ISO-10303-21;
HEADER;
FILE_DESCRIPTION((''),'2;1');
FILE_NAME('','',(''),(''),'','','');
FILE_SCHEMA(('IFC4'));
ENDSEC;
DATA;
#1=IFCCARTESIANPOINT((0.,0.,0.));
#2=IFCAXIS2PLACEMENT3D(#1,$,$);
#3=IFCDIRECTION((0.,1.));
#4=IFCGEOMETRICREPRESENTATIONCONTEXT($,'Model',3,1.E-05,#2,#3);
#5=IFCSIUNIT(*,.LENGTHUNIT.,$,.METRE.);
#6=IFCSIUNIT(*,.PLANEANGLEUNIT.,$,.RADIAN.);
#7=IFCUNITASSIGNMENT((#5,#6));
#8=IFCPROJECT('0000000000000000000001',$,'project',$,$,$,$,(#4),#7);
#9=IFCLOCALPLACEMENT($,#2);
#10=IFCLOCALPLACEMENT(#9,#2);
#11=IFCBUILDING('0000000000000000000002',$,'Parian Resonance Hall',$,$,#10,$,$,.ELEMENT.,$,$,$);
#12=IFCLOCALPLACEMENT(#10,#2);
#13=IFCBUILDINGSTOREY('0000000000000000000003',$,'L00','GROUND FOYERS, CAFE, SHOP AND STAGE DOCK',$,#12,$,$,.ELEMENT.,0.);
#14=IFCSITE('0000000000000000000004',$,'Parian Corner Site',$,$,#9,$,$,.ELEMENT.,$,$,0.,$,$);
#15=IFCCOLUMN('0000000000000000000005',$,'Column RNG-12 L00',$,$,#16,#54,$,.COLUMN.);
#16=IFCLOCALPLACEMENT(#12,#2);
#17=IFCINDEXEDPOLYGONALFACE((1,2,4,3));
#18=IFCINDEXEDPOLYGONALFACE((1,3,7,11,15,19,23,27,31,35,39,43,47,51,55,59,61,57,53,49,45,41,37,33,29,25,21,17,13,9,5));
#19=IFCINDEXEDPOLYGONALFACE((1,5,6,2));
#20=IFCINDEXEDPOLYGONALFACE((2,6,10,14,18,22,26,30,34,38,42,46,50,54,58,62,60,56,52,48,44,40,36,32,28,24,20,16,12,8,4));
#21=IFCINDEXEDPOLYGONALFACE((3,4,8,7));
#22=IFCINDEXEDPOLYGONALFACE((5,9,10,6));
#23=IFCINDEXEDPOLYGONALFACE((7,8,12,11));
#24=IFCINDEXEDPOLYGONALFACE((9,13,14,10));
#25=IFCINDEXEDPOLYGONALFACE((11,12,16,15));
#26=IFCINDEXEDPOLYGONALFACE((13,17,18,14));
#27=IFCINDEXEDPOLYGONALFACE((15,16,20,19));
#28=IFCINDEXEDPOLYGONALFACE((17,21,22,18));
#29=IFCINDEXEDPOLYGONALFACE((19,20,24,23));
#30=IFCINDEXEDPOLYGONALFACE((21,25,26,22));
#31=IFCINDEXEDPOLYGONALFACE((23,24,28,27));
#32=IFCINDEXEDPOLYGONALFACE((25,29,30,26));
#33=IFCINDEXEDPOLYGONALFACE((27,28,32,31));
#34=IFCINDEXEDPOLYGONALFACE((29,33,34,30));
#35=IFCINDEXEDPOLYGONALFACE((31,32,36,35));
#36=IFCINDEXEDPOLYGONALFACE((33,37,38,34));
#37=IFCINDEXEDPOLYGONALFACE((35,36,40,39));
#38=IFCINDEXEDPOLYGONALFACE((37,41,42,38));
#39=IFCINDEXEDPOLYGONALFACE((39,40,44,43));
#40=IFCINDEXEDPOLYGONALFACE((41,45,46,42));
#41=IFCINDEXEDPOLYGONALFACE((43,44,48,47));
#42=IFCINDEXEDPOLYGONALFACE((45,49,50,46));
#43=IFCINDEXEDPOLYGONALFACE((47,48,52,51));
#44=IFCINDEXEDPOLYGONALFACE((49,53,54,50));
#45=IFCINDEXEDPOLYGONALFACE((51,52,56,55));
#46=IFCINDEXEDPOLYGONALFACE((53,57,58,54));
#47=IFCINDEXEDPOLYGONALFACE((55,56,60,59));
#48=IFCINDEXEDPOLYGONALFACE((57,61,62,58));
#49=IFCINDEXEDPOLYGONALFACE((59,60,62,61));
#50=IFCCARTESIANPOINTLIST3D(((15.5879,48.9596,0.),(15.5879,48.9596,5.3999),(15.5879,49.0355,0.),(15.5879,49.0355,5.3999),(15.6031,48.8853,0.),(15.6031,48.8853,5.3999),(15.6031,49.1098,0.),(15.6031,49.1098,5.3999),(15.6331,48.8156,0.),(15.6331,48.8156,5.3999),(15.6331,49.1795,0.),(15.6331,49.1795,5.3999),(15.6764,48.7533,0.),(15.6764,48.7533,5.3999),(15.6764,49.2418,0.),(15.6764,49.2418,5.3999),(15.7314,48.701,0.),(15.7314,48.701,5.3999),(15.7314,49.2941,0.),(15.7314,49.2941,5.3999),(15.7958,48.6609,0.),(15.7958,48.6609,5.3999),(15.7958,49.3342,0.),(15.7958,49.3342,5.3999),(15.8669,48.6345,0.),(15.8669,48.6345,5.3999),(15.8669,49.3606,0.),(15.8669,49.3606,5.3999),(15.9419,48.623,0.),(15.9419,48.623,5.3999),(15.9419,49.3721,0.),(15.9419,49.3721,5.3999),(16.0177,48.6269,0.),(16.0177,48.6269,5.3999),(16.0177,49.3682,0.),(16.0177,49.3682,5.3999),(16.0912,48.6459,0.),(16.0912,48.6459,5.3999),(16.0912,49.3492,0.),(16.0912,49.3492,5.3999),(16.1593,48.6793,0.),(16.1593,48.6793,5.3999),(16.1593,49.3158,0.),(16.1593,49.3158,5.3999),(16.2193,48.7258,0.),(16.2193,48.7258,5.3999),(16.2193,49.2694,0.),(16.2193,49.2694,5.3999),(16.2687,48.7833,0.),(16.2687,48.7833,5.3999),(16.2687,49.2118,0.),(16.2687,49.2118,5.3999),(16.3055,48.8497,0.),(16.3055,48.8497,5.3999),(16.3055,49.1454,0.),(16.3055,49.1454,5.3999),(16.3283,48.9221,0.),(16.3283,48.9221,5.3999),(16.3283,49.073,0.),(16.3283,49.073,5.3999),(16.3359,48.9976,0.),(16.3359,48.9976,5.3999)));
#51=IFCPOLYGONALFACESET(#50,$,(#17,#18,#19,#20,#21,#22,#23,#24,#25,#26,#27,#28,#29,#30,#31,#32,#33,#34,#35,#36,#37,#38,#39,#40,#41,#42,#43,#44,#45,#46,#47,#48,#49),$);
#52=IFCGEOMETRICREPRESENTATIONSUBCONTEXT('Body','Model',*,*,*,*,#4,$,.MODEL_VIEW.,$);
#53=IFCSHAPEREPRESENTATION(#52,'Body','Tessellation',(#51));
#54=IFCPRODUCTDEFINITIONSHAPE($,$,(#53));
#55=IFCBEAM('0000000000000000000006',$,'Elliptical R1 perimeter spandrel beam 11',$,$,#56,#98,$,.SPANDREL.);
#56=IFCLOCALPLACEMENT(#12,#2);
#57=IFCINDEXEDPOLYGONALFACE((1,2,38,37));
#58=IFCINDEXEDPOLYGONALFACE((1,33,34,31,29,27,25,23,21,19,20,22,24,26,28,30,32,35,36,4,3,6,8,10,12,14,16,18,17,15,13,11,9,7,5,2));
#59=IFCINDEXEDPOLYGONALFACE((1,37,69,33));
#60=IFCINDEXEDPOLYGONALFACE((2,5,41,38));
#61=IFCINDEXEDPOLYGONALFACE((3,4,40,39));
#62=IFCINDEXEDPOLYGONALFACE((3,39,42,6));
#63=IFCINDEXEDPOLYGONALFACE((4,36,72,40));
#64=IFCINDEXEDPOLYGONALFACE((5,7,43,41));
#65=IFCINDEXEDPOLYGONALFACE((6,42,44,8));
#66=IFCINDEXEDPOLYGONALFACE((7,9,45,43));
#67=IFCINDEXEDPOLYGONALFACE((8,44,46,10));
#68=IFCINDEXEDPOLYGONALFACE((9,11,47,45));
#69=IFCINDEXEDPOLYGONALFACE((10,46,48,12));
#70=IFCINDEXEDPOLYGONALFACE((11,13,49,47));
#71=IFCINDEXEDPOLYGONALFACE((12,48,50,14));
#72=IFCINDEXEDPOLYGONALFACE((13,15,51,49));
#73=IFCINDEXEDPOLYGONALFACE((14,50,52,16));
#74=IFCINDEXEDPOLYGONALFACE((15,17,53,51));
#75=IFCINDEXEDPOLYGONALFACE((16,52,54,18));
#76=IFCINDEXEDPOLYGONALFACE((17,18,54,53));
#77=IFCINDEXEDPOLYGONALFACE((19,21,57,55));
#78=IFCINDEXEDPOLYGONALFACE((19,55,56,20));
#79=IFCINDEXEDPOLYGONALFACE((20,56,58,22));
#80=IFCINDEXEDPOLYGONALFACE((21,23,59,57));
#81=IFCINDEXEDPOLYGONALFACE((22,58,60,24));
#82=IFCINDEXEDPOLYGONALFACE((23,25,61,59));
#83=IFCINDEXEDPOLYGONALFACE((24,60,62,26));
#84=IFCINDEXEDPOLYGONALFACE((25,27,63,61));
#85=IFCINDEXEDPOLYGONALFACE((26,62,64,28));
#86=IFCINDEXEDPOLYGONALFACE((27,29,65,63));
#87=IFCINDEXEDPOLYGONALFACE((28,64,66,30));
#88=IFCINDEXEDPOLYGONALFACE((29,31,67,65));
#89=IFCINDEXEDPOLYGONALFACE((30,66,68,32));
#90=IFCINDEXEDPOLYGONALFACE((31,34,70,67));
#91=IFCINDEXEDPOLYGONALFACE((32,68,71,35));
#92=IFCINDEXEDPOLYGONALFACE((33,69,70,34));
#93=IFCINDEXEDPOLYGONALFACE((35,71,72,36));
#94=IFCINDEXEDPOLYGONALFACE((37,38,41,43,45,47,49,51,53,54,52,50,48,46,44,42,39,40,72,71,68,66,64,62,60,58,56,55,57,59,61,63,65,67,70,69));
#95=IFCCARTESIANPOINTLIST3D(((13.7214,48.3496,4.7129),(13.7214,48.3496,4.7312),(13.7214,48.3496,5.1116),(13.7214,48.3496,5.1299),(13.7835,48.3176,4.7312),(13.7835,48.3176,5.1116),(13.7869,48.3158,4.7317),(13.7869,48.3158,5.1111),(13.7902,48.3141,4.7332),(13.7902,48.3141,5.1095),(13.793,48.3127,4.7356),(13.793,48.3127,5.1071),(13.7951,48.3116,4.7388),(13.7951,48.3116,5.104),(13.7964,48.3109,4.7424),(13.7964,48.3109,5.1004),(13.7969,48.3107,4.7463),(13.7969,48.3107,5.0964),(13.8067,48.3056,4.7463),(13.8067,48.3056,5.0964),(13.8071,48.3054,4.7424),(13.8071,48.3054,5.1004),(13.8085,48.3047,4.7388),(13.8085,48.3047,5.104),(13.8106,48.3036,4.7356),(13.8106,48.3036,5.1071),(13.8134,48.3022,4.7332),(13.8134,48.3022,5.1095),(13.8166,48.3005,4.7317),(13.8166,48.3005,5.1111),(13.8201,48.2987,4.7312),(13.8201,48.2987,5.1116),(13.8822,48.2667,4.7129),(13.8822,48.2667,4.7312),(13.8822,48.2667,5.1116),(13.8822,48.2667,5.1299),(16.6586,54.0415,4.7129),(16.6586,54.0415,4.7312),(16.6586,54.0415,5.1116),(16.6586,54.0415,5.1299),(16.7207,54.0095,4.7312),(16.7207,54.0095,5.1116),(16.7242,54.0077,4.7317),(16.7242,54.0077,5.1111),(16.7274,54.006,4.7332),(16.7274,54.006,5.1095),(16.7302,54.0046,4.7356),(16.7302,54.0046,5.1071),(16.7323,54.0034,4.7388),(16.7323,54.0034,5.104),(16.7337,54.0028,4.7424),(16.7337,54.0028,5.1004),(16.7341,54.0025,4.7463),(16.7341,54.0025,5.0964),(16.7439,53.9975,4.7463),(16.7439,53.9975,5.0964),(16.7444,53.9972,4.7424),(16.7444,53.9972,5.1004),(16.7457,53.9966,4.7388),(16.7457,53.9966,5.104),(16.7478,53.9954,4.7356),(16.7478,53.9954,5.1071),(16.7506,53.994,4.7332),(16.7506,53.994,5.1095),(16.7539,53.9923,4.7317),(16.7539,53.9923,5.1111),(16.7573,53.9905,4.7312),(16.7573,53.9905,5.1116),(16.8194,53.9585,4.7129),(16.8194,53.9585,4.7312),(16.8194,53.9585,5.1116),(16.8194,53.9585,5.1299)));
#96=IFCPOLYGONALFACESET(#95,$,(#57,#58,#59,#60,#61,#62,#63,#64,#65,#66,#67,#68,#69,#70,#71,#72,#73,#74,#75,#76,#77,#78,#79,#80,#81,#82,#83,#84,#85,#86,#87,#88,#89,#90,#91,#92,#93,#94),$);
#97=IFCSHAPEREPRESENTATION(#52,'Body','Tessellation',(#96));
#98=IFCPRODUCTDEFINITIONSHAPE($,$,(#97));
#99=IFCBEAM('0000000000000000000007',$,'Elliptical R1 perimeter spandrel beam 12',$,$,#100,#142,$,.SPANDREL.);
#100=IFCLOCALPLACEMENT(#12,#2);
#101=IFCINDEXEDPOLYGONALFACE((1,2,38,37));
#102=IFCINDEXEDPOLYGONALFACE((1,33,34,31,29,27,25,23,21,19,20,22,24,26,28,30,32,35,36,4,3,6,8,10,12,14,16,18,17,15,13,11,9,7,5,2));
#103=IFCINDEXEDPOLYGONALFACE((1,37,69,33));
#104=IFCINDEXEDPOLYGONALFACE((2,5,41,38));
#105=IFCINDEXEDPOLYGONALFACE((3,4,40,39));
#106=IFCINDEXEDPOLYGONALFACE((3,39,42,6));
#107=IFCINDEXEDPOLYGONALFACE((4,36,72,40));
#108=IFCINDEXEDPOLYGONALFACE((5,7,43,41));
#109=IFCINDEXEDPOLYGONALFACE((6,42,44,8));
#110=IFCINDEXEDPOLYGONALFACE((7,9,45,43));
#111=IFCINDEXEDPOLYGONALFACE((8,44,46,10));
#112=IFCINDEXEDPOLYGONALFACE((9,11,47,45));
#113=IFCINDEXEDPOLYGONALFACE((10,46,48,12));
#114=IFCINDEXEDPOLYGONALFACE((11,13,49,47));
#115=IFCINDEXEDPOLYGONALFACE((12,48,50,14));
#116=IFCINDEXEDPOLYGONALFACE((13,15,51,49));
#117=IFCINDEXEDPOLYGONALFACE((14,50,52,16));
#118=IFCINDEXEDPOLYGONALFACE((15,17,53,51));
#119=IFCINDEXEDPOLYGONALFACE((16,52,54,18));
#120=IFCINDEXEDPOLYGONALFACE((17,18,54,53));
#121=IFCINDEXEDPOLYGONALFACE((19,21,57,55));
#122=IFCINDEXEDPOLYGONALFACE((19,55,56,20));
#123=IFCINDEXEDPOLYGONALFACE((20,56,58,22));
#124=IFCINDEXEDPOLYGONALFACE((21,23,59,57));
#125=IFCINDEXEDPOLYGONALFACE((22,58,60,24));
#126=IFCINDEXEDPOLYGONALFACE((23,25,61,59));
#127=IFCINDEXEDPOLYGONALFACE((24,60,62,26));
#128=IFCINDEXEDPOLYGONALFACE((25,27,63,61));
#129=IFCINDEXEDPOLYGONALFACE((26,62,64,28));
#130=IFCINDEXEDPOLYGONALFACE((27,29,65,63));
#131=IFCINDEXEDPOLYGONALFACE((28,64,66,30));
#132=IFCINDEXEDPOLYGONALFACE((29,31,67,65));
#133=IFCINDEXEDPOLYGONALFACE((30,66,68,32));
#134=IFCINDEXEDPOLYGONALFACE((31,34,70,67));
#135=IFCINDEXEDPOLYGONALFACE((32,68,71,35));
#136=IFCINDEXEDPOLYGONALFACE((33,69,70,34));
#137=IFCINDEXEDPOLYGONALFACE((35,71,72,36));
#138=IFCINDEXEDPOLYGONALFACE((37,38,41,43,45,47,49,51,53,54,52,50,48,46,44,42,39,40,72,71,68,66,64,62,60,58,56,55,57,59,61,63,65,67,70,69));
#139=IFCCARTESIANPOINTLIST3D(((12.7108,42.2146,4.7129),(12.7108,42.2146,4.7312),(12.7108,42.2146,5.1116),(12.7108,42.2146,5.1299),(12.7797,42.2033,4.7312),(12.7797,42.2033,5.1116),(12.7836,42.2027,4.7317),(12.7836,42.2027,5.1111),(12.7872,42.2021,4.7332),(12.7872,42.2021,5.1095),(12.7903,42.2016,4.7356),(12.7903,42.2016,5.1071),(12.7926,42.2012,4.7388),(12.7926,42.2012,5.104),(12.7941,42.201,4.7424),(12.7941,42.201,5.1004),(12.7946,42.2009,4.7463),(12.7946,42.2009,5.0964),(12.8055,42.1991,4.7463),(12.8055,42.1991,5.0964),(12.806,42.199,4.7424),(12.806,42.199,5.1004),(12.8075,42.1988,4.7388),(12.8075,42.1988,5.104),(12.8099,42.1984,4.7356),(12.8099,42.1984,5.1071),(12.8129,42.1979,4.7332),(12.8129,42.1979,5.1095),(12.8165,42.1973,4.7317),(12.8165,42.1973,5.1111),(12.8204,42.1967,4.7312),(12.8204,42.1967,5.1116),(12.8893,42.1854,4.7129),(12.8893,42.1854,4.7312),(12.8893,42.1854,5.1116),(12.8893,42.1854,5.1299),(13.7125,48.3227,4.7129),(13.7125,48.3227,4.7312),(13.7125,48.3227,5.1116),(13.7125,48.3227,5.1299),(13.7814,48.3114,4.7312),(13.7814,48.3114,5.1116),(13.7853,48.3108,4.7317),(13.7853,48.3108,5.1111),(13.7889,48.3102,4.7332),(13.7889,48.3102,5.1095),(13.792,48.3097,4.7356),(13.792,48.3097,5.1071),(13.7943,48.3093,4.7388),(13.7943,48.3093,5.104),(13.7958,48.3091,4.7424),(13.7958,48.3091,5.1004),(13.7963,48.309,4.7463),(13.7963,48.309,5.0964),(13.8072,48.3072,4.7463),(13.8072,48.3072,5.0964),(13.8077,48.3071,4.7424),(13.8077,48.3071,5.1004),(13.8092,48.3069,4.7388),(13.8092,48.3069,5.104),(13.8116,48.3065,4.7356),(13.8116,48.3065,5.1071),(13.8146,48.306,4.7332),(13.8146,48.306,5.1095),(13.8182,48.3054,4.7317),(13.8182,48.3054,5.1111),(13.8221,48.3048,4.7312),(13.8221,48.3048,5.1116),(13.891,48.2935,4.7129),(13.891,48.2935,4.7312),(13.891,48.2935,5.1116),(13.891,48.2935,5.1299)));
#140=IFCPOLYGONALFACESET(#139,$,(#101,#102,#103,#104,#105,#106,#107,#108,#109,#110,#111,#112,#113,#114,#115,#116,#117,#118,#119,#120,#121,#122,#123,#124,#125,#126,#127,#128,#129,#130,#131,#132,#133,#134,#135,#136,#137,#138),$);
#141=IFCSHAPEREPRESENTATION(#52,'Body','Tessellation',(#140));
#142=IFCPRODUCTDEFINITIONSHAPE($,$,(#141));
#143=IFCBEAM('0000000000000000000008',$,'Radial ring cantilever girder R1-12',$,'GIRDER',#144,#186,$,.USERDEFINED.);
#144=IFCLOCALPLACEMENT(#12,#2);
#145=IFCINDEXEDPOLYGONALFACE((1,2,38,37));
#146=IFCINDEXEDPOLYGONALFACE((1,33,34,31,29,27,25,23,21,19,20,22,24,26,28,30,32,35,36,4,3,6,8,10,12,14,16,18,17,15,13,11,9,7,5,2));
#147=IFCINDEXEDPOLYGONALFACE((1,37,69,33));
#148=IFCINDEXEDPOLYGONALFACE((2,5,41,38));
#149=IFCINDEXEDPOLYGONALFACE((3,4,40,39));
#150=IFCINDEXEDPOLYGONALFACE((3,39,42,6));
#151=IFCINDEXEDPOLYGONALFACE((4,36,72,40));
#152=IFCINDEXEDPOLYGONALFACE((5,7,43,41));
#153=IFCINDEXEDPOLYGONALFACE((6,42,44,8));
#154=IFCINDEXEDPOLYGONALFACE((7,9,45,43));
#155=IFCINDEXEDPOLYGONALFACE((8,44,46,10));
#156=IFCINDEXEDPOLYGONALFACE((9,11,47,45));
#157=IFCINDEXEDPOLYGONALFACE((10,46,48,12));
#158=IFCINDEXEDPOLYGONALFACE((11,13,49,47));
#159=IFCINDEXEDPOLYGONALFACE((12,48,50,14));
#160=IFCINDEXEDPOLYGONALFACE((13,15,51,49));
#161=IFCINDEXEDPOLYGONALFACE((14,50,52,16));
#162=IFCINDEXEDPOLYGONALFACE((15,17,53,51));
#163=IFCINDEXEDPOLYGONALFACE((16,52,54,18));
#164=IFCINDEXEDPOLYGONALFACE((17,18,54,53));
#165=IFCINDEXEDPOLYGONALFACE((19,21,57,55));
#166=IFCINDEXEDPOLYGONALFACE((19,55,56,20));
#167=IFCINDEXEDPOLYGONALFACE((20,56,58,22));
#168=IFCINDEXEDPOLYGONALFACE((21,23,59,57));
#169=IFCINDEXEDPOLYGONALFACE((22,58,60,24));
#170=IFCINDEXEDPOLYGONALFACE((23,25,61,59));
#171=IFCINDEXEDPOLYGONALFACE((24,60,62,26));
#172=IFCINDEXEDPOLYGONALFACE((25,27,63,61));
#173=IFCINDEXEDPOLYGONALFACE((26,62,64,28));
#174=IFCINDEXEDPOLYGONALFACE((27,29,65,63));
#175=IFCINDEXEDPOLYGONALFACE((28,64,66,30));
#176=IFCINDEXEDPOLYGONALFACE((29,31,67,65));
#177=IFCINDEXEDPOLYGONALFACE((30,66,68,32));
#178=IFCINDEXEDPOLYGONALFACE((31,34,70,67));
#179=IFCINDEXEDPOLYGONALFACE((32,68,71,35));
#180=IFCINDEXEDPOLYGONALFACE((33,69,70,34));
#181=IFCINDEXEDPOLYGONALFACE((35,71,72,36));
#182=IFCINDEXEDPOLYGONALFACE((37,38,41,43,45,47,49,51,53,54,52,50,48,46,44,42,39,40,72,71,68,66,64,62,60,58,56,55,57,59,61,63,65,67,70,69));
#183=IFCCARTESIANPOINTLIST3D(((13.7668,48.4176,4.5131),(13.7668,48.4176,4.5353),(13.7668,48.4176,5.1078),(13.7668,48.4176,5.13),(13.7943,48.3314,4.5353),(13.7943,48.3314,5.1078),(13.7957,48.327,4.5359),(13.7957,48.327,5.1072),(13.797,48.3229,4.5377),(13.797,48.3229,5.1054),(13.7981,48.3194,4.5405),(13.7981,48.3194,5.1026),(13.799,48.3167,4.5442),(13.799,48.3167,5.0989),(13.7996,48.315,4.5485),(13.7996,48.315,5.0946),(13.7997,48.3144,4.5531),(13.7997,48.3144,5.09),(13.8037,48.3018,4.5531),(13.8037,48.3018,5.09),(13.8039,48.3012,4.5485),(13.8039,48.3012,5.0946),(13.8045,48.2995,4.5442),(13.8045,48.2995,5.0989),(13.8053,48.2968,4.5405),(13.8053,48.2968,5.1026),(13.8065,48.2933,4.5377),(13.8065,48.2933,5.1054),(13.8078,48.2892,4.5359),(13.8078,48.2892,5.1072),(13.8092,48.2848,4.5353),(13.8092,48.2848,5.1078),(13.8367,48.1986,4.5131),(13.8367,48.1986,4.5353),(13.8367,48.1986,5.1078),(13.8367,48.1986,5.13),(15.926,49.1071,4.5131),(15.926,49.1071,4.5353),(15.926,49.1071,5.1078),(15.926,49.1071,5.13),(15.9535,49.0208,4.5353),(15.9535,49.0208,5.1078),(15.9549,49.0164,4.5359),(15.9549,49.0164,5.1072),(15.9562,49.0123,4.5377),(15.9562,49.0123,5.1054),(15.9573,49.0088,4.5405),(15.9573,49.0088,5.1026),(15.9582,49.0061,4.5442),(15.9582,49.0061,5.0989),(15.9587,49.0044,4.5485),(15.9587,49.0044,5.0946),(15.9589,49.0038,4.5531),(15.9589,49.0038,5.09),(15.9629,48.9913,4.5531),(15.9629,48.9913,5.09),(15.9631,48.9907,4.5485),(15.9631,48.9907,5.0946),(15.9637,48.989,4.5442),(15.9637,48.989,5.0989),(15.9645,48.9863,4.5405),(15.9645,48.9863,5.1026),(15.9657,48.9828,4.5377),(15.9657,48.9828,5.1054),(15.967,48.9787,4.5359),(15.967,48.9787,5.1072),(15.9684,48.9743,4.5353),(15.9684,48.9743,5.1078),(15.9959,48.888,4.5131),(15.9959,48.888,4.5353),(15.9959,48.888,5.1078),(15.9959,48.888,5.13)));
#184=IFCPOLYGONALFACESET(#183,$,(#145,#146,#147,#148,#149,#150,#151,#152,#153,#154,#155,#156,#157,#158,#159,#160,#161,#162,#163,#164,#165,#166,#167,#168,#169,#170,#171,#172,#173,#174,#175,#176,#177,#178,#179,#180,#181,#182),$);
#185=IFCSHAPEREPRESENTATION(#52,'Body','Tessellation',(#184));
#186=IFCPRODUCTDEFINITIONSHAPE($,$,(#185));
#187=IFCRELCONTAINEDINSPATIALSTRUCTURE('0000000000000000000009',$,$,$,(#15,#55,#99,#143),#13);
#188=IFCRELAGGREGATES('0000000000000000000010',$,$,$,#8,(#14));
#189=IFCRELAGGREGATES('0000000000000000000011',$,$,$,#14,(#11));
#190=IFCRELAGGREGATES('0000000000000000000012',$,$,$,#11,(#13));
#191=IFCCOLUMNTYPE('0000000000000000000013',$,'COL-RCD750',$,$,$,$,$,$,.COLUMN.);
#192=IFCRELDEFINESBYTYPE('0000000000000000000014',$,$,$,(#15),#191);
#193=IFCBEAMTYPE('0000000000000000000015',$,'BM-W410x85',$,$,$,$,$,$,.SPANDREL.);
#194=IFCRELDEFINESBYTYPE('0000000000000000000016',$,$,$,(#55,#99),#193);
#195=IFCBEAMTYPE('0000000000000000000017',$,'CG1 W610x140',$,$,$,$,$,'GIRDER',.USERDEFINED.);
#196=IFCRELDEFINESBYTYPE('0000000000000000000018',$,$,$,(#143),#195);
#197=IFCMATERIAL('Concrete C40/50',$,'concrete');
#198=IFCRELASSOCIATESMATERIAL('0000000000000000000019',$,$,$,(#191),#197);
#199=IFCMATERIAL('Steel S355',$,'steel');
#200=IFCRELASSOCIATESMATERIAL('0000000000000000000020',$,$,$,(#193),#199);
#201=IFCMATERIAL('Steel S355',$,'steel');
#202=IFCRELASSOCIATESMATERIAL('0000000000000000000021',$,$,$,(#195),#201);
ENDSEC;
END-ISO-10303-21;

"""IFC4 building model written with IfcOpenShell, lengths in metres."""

from ifc_helpers import new_model, si_unit, direction, frame, origin, origin_2d, place, context, subcontext, project, spatial, circle, i_section, extrude, material, material_profile, profile_set, type_object, element, save


model = new_model("IFC4")

# Units and contexts
model_context = context("Model", 3, precision=1e-05, world=origin(), true_north=direction((0.0, 1.0)))
body_context = subcontext(model_context, "Body", "Model", "MODEL_VIEW")
ifc_project = project(units=[si_unit("LENGTHUNIT", "METRE"), si_unit("PLANEANGLEUNIT", "RADIAN")], contexts=[model_context])

# Site, building, storey
site_placement = place(None, origin())
site = spatial("IfcSite", under=ifc_project, at=site_placement, Name="Parian Corner Site", CompositionType="ELEMENT", RefElevation=0.0)
building_placement = place(site_placement, origin())
building = spatial("IfcBuilding", under=site, at=building_placement, Name="Parian Resonance Hall", CompositionType="ELEMENT")
storey_placement = place(building_placement, origin())
storey = spatial("IfcBuildingStorey", under=building, at=storey_placement, Name="L00", Description="GROUND FOYERS, CAFE, SHOP AND STAGE DOCK", CompositionType="ELEMENT", Elevation=0.0)

# Column
ifc_material_1 = material(Name="Concrete C40/50", Category="concrete")
ifc_material_profile_1 = material_profile(ifc_material_1, circle(Radius=0.375, at=origin_2d()), Name="RC-COL-D750")
ifc_profile_set_1 = profile_set([ifc_material_profile_1], Name="Concrete C40/50")
column_type = type_object("IfcColumnType", Name="COL-RCD750", PredefinedType="COLUMN", material=ifc_profile_set_1)
column_placement = place(storey_placement, frame((15.9609, 48.9976, 0.0), z_axis=(0.0, 0.0, 1.0), x_axis=(1.0, 0.0, 0.0)))
element("IfcColumn", 1, at=column_placement, inside=storey, type_object=column_type, Name="Column RNG-12 L00", PredefinedType="COLUMN", context=body_context, shape_type="SweptSolid", body=[
    extrude(circle(Radius=0.375, at=origin_2d()), origin(), (0.0, 0.0, 1.0), 5.3999),
])

# Beams
ifc_material_2 = material(Name="Steel S355", Category="steel")
ifc_material_profile_2 = material_profile(ifc_material_2, i_section(OverallWidth=0.1809, OverallDepth=0.417, WebThickness=0.011, FlangeThickness=0.0183, FilletRadius=0.0151, at=origin_2d()), Name="W410x85")
ifc_profile_set_2 = profile_set([ifc_material_profile_2], Name="Steel S355")
beam_type_1 = type_object("IfcBeamType", Name="BM-W410x85", PredefinedType="SPANDREL", material=ifc_profile_set_2)
beam_1_placement = place(storey_placement, frame((16.739, 54.0, 4.9214), z_axis=(-0.458582, -0.888652, 0.0), x_axis=(0.888652, -0.458582, 0.0)))
element("IfcBeam", 2, at=beam_1_placement, inside=storey, type_object=beam_type_1, Name="Elliptical R1 perimeter spandrel beam 11", PredefinedType="SPANDREL", context=body_context, shape_type="SweptSolid", body=[
    extrude(i_section(OverallWidth=0.1809, OverallDepth=0.417, WebThickness=0.011, FlangeThickness=0.0183, FilletRadius=0.0151, at=origin_2d()), origin(), (0.0, 0.0, 1.0), 6.405),
])
beam_2_placement = place(storey_placement, frame((13.8018, 48.3081, 4.9214), z_axis=(-0.161834, -0.986818, 0.0), x_axis=(0.986818, -0.161834, 0.0)))
element("IfcBeam", 3, at=beam_2_placement, inside=storey, type_object=beam_type_1, Name="Elliptical R1 perimeter spandrel beam 12", PredefinedType="SPANDREL", context=body_context, shape_type="SweptSolid", body=[
    extrude(i_section(OverallWidth=0.1809, OverallDepth=0.417, WebThickness=0.011, FlangeThickness=0.0183, FilletRadius=0.0151, at=origin_2d()), origin(), (0.0, 0.0, 1.0), 6.1897),
])
ifc_material_3 = material(Name="Steel S355", Category="steel")
ifc_material_profile_3 = material_profile(ifc_material_3, i_section(OverallWidth=0.23, OverallDepth=0.6169, WebThickness=0.0132, FlangeThickness=0.0222, FilletRadius=0.0178, at=origin_2d()), Name="W610x140")
ifc_profile_set_3 = profile_set([ifc_material_profile_3], Name="Steel S355")
beam_type_2 = type_object("IfcBeamType", Name="CG1 W610x140", ElementType="GIRDER", PredefinedType="USERDEFINED", material=ifc_profile_set_3)
beam_3_placement = place(storey_placement, frame((15.9609, 48.9976, 4.8215), z_axis=(-0.952614, -0.304182, 0.0), x_axis=(0.304182, -0.952614, 0.0)))
element("IfcBeam", 4, at=beam_3_placement, inside=storey, type_object=beam_type_2, Name="Radial ring cantilever girder R1-12", ObjectType="GIRDER", PredefinedType="USERDEFINED", context=body_context, shape_type="SweptSolid", body=[
    extrude(i_section(OverallWidth=0.23, OverallDepth=0.6169, WebThickness=0.0132, FlangeThickness=0.0222, FilletRadius=0.0178, at=origin_2d()), origin(), (0.0, 0.0, 1.0), 2.2666),
])

save(model, "model.ifc")
